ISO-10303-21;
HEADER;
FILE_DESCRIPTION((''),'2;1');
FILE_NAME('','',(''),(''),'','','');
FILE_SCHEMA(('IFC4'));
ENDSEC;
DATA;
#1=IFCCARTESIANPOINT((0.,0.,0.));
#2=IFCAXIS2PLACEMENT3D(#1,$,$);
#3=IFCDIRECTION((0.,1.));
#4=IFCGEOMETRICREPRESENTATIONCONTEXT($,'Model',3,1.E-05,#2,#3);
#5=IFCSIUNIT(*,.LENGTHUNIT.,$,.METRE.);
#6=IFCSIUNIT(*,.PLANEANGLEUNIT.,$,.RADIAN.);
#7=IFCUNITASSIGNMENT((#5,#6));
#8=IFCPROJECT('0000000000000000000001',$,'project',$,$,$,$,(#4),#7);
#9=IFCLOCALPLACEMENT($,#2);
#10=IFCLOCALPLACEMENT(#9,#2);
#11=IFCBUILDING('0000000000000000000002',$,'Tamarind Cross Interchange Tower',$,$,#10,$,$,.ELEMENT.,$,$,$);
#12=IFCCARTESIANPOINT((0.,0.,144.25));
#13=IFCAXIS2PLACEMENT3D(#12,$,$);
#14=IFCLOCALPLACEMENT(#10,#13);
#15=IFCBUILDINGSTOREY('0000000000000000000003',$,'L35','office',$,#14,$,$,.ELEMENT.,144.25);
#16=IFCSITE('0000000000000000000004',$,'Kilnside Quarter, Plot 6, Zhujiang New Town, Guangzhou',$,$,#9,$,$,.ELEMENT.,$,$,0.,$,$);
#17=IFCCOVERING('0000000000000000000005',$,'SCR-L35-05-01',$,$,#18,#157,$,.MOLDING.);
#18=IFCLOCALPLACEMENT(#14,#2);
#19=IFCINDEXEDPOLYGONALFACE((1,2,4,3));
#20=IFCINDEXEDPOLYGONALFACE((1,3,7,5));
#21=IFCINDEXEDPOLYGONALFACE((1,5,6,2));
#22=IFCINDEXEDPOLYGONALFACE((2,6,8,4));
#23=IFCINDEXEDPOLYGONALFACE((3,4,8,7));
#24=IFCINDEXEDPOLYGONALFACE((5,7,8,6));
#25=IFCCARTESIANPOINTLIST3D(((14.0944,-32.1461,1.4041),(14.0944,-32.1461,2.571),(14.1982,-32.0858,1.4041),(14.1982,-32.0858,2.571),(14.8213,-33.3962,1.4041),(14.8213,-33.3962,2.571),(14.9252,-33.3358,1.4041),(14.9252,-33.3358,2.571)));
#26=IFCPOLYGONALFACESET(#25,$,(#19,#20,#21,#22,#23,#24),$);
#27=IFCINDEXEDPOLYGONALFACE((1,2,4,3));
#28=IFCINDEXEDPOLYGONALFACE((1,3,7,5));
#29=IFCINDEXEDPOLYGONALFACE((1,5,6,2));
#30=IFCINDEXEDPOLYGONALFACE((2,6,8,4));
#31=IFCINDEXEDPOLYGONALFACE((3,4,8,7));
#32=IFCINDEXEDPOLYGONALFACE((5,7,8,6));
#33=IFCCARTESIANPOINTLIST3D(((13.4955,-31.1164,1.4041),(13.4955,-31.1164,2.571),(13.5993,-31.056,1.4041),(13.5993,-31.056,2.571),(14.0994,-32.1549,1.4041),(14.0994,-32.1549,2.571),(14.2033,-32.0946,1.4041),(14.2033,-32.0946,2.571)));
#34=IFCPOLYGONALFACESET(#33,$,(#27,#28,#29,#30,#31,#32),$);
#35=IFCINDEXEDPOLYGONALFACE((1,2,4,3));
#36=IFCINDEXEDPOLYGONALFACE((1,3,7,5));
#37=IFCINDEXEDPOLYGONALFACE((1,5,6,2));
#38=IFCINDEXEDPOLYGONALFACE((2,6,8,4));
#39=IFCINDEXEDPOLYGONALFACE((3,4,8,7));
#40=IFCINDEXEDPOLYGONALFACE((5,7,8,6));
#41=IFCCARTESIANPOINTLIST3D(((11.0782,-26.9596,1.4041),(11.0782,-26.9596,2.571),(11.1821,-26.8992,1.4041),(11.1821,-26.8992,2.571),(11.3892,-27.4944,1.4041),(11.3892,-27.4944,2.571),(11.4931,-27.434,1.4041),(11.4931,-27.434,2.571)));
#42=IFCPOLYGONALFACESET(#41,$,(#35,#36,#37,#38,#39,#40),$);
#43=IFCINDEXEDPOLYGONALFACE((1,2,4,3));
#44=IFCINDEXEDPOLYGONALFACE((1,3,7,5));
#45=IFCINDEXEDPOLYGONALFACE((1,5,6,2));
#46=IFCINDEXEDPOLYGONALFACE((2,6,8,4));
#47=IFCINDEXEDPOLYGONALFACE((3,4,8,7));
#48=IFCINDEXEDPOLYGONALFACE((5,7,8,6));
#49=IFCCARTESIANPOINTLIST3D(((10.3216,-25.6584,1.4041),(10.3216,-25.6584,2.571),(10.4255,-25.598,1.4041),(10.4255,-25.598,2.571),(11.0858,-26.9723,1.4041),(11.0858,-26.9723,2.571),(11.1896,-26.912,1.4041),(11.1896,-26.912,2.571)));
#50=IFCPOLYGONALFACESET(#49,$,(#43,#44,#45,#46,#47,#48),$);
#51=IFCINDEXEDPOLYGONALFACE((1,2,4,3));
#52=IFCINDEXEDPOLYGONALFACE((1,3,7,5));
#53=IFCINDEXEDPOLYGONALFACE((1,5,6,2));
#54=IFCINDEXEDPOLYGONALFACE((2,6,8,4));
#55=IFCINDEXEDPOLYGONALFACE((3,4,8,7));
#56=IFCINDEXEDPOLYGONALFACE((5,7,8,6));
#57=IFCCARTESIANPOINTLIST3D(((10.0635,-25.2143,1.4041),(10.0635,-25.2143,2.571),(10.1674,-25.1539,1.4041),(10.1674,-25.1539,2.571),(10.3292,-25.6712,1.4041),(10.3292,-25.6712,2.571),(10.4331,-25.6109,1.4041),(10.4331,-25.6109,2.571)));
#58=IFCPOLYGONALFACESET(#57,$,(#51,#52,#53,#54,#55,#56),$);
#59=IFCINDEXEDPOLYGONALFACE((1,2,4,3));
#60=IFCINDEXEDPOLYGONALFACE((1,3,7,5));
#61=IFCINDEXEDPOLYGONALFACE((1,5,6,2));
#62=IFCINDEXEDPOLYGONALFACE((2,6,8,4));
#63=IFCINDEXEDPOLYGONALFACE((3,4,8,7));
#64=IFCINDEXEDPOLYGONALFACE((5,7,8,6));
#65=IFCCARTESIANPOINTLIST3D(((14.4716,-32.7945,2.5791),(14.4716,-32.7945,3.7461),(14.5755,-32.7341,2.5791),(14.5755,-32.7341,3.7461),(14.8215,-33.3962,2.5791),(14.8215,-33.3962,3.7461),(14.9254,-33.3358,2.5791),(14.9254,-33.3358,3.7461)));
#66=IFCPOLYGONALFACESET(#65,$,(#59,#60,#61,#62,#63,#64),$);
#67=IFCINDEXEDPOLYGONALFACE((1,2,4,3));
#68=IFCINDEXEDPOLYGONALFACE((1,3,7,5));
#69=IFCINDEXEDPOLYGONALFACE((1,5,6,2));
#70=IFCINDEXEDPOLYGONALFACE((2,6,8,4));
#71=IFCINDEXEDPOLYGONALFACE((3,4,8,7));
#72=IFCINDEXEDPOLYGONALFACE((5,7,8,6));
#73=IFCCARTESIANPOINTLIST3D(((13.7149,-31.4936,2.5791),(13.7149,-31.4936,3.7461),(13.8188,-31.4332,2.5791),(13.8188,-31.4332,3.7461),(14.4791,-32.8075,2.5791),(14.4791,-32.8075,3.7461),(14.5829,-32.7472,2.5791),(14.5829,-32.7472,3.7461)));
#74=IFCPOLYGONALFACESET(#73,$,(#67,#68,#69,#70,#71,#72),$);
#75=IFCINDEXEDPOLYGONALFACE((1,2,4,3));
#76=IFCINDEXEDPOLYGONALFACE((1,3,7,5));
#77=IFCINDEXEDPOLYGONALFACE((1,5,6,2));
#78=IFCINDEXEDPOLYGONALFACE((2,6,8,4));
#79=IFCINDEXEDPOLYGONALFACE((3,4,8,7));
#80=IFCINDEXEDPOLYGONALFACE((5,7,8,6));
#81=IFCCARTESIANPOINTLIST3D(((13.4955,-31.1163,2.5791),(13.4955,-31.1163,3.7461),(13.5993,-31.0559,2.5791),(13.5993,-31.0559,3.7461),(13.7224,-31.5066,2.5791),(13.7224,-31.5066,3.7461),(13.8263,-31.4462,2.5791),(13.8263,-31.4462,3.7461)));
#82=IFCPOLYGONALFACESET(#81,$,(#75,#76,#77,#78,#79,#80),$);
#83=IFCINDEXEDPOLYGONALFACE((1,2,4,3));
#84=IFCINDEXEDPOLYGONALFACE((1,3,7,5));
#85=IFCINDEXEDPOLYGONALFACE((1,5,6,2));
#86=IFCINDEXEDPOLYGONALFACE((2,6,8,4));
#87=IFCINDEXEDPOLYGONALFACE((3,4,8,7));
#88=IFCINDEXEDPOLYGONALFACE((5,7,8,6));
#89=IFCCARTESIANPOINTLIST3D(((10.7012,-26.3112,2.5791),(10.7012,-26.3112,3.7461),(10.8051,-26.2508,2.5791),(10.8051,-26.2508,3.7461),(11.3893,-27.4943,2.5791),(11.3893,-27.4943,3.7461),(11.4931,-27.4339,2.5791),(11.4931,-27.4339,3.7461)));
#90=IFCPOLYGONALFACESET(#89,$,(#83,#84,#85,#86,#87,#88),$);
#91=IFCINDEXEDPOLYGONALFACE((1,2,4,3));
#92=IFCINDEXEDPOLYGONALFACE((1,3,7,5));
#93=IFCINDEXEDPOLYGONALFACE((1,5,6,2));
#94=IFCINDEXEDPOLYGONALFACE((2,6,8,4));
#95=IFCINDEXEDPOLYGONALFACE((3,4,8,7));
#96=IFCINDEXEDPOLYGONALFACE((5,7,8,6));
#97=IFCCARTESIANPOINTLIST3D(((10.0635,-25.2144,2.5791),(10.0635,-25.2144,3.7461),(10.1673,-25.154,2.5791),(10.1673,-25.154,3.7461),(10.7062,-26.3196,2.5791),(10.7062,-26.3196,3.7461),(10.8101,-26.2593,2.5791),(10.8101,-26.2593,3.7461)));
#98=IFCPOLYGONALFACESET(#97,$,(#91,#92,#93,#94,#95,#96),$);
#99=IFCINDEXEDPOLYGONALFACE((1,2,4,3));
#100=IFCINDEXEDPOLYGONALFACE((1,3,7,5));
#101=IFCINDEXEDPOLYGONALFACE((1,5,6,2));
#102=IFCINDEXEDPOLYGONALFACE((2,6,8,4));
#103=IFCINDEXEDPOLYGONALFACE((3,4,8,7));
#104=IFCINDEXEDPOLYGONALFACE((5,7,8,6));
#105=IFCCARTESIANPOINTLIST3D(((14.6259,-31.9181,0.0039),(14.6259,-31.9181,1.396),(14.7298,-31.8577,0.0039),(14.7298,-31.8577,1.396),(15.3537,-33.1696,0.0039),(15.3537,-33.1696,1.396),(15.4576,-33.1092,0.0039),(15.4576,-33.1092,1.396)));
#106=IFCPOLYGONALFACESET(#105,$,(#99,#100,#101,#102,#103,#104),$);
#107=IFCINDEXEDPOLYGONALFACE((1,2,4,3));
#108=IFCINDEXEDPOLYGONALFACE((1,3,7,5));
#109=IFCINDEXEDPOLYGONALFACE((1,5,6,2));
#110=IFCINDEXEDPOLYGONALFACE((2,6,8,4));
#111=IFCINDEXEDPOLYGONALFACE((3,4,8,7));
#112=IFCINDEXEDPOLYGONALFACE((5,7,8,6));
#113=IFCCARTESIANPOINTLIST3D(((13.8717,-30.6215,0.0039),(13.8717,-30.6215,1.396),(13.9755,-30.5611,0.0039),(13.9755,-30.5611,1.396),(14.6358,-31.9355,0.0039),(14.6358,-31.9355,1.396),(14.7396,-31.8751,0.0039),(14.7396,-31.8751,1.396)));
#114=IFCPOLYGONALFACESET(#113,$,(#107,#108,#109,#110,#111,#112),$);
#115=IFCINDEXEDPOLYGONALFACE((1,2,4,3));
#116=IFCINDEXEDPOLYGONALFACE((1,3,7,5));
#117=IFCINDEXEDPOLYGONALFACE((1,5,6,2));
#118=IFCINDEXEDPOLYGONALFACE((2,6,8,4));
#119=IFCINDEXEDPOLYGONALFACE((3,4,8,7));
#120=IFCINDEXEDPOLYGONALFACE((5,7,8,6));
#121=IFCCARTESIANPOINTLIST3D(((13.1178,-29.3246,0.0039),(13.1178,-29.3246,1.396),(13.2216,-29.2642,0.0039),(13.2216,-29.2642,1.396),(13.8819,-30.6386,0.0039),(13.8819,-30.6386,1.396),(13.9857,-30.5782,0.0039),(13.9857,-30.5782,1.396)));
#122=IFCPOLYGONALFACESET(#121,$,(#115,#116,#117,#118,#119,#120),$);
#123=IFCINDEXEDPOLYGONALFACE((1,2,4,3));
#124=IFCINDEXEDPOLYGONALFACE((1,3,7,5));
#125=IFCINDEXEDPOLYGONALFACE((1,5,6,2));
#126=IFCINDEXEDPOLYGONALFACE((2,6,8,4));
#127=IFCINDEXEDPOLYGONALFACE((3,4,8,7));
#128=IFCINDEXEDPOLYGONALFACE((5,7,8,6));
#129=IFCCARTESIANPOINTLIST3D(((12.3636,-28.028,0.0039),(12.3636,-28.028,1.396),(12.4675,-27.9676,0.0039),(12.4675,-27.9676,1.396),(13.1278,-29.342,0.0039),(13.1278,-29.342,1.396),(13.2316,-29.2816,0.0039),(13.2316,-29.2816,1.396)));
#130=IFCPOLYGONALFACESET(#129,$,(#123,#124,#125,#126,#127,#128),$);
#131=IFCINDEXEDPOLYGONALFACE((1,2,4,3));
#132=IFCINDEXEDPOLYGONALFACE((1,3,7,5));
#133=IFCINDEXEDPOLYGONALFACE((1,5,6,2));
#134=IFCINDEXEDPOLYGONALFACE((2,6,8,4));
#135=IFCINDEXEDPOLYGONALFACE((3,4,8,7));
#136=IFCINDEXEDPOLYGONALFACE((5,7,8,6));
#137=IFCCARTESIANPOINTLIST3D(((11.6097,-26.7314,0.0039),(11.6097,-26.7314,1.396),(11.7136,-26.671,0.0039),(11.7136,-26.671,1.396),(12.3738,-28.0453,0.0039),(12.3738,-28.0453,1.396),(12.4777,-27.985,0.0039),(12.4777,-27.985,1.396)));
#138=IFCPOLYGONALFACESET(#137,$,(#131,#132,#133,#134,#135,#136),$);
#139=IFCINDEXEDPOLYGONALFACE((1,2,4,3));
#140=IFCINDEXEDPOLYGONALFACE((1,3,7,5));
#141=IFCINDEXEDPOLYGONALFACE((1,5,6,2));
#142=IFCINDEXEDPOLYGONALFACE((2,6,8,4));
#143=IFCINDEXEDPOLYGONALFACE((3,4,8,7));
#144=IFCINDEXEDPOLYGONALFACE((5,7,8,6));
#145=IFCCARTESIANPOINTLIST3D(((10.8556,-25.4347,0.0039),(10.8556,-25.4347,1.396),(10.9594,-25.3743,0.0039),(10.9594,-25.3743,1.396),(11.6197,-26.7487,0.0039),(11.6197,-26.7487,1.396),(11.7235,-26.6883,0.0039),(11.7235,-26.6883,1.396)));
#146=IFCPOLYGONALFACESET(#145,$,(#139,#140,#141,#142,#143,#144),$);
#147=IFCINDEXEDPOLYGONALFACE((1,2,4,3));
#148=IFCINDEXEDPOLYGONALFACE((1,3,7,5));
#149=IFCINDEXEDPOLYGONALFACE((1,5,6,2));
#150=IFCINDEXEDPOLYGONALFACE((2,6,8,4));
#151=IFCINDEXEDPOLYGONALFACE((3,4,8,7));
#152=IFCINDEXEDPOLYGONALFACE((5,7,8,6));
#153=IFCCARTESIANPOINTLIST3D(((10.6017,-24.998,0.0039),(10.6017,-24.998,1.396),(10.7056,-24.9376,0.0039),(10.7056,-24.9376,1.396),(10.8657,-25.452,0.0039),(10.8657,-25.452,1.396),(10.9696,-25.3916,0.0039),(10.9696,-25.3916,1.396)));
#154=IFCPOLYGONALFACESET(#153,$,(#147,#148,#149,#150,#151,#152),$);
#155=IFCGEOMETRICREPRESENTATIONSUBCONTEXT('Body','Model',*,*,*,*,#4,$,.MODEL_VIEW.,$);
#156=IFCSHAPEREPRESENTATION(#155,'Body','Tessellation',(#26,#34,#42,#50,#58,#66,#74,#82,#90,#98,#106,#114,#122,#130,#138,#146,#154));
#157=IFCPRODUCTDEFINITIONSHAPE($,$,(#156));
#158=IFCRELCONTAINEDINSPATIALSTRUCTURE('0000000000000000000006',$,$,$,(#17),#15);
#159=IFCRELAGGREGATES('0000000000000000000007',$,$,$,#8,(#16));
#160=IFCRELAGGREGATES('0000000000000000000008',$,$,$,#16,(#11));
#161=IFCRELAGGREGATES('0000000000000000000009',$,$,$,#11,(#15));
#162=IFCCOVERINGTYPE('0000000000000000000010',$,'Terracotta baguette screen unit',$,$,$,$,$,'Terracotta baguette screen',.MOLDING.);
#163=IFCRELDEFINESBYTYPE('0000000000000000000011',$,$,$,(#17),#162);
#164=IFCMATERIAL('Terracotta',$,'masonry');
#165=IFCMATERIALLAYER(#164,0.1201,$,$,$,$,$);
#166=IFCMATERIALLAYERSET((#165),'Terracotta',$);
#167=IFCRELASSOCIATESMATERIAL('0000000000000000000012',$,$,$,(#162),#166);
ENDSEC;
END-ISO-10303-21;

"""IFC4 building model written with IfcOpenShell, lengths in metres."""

from ifc_helpers import new_model, si_unit, direction, frame, origin, origin_2d, place, context, subcontext, project, spatial, rectangle, extrude, material, layer, layer_set, type_object, element, save


model = new_model("IFC4")

# Units and contexts
model_context = context("Model", 3, precision=1e-05, world=origin(), true_north=direction((0.0, 1.0)))
body_context = subcontext(model_context, "Body", "Model", "MODEL_VIEW")
ifc_project = project(units=[si_unit("LENGTHUNIT", "METRE"), si_unit("PLANEANGLEUNIT", "RADIAN")], contexts=[model_context])

# Site, building, storey
site_placement = place(None, origin())
site = spatial("IfcSite", under=ifc_project, at=site_placement, Name="Kilnside Quarter, Plot 6, Zhujiang New Town, Guangzhou", CompositionType="ELEMENT", RefElevation=0.0)
building_placement = place(site_placement, origin())
building = spatial("IfcBuilding", under=site, at=building_placement, Name="Tamarind Cross Interchange Tower", CompositionType="ELEMENT")
storey_placement = place(building_placement, frame((0.0, 0.0, 144.25)))
storey = spatial("IfcBuildingStorey", under=building, at=storey_placement, Name="L35", Description="office", CompositionType="ELEMENT", Elevation=144.25)

# Covering
ifc_material_1 = material(Name="Terracotta", Category="masonry")
ifc_layer_1 = layer(ifc_material_1, 0.1201)
ifc_layer_set_1 = layer_set([ifc_layer_1], Name="Terracotta")
covering_type = type_object("IfcCoveringType", Name="Terracotta baguette screen unit", ElementType="Terracotta baguette screen", PredefinedType="MOLDING", material=ifc_layer_set_1)
covering_1_placement = place(storey_placement, origin())
element("IfcCovering", 1, at=covering_1_placement, inside=storey, type_object=covering_type, Name="SCR-L35-05-01", PredefinedType="MOLDING", context=body_context, shape_type="SweptSolid", body=[
    extrude(rectangle(XDim=1.446, YDim=0.1201, at=origin_2d()), frame((14.5098, -32.741, 1.4041), z_axis=(0.0, 0.0, 1.0), x_axis=(-0.502708, 0.864456, 0.0)), (0.0, 0.0, 1.0), 1.167),
    extrude(rectangle(XDim=1.2014, YDim=0.1201, at=origin_2d()), frame((13.8494, -31.6055, 1.4041), z_axis=(0.0, 0.0, 1.0), x_axis=(-0.502708, 0.864456, 0.0)), (0.0, 0.0, 1.0), 1.167),
    extrude(rectangle(XDim=0.6187, YDim=0.1201, at=origin_2d()), frame((11.2856, -27.1968, 1.4041), z_axis=(0.0, 0.0, 1.0), x_axis=(-0.502708, 0.864456, 0.0)), (0.0, 0.0, 1.0), 1.167),
    extrude(rectangle(XDim=1.52, YDim=0.1201, at=origin_2d()), frame((10.7556, -26.2852, 1.4041), z_axis=(0.0, 0.0, 1.0), x_axis=(-0.502708, 0.864456, 0.0)), (0.0, 0.0, 1.0), 1.167),
    extrude(rectangle(XDim=0.5286, YDim=0.1201, at=origin_2d()), frame((10.2483, -25.4126, 1.4041), z_axis=(0.0, 0.0, 1.0), x_axis=(-0.502708, 0.864456, 0.0)), (0.0, 0.0, 1.0), 1.167),
    extrude(rectangle(XDim=0.696, YDim=0.1201, at=origin_2d()), frame((14.6985, -33.0652, 2.5791), z_axis=(0.0, 0.0, 1.0), x_axis=(-0.502708, 0.864456, 0.0)), (0.0, 0.0, 1.0), 1.167),
    extrude(rectangle(XDim=1.52, YDim=0.1201, at=origin_2d()), frame((14.1489, -32.1204, 2.5791), z_axis=(0.0, 0.0, 1.0), x_axis=(-0.502708, 0.864456, 0.0)), (0.0, 0.0, 1.0), 1.167),
    extrude(rectangle(XDim=0.4514, YDim=0.1201, at=origin_2d()), frame((13.6609, -31.2812, 2.5791), z_axis=(0.0, 0.0, 1.0), x_axis=(-0.502708, 0.864456, 0.0)), (0.0, 0.0, 1.0), 1.167),
    extrude(rectangle(XDim=1.3687, YDim=0.1201, at=origin_2d()), frame((11.0972, -26.8726, 2.5791), z_axis=(0.0, 0.0, 1.0), x_axis=(-0.502708, 0.864456, 0.0)), (0.0, 0.0, 1.0), 1.167),
    extrude(rectangle(XDim=1.2786, YDim=0.1201, at=origin_2d()), frame((10.4368, -25.7368, 2.5791), z_axis=(0.0, 0.0, 1.0), x_axis=(-0.502708, 0.864456, 0.0)), (0.0, 0.0, 1.0), 1.167),
    extrude(rectangle(XDim=1.4478, YDim=0.1201, at=origin_2d()), frame((15.0417, -32.5137, 0.0039), z_axis=(0.0, 0.0, 1.0), x_axis=(-0.502708, 0.864456, 0.0)), (0.0, 0.0, 1.0), 1.3921),
    extrude(rectangle(XDim=1.52, YDim=0.1201, at=origin_2d()), frame((14.3057, -31.2483, 0.0039), z_axis=(0.0, 0.0, 1.0), x_axis=(-0.502708, 0.864456, 0.0)), (0.0, 0.0, 1.0), 1.3921),
    extrude(rectangle(XDim=1.52, YDim=0.1201, at=origin_2d()), frame((13.5518, -29.9514, 0.0039), z_axis=(0.0, 0.0, 1.0), x_axis=(-0.502708, 0.864456, 0.0)), (0.0, 0.0, 1.0), 1.3921),
    extrude(rectangle(XDim=1.52, YDim=0.1201, at=origin_2d()), frame((12.7976, -28.6548, 0.0039), z_axis=(0.0, 0.0, 1.0), x_axis=(-0.502708, 0.864456, 0.0)), (0.0, 0.0, 1.0), 1.3921),
    extrude(rectangle(XDim=1.52, YDim=0.1201, at=origin_2d()), frame((12.0437, -27.3582, 0.0039), z_axis=(0.0, 0.0, 1.0), x_axis=(-0.502708, 0.864456, 0.0)), (0.0, 0.0, 1.0), 1.3921),
    extrude(rectangle(XDim=1.52, YDim=0.1201, at=origin_2d()), frame((11.2896, -26.0615, 0.0039), z_axis=(0.0, 0.0, 1.0), x_axis=(-0.502708, 0.864456, 0.0)), (0.0, 0.0, 1.0), 1.3921),
    extrude(rectangle(XDim=0.5251, YDim=0.1201, at=origin_2d()), frame((10.7856, -25.1948, 0.0039), z_axis=(0.0, 0.0, 1.0), x_axis=(-0.502708, 0.864456, 0.0)), (0.0, 0.0, 1.0), 1.3921),
])

save(model, "model.ifc")
